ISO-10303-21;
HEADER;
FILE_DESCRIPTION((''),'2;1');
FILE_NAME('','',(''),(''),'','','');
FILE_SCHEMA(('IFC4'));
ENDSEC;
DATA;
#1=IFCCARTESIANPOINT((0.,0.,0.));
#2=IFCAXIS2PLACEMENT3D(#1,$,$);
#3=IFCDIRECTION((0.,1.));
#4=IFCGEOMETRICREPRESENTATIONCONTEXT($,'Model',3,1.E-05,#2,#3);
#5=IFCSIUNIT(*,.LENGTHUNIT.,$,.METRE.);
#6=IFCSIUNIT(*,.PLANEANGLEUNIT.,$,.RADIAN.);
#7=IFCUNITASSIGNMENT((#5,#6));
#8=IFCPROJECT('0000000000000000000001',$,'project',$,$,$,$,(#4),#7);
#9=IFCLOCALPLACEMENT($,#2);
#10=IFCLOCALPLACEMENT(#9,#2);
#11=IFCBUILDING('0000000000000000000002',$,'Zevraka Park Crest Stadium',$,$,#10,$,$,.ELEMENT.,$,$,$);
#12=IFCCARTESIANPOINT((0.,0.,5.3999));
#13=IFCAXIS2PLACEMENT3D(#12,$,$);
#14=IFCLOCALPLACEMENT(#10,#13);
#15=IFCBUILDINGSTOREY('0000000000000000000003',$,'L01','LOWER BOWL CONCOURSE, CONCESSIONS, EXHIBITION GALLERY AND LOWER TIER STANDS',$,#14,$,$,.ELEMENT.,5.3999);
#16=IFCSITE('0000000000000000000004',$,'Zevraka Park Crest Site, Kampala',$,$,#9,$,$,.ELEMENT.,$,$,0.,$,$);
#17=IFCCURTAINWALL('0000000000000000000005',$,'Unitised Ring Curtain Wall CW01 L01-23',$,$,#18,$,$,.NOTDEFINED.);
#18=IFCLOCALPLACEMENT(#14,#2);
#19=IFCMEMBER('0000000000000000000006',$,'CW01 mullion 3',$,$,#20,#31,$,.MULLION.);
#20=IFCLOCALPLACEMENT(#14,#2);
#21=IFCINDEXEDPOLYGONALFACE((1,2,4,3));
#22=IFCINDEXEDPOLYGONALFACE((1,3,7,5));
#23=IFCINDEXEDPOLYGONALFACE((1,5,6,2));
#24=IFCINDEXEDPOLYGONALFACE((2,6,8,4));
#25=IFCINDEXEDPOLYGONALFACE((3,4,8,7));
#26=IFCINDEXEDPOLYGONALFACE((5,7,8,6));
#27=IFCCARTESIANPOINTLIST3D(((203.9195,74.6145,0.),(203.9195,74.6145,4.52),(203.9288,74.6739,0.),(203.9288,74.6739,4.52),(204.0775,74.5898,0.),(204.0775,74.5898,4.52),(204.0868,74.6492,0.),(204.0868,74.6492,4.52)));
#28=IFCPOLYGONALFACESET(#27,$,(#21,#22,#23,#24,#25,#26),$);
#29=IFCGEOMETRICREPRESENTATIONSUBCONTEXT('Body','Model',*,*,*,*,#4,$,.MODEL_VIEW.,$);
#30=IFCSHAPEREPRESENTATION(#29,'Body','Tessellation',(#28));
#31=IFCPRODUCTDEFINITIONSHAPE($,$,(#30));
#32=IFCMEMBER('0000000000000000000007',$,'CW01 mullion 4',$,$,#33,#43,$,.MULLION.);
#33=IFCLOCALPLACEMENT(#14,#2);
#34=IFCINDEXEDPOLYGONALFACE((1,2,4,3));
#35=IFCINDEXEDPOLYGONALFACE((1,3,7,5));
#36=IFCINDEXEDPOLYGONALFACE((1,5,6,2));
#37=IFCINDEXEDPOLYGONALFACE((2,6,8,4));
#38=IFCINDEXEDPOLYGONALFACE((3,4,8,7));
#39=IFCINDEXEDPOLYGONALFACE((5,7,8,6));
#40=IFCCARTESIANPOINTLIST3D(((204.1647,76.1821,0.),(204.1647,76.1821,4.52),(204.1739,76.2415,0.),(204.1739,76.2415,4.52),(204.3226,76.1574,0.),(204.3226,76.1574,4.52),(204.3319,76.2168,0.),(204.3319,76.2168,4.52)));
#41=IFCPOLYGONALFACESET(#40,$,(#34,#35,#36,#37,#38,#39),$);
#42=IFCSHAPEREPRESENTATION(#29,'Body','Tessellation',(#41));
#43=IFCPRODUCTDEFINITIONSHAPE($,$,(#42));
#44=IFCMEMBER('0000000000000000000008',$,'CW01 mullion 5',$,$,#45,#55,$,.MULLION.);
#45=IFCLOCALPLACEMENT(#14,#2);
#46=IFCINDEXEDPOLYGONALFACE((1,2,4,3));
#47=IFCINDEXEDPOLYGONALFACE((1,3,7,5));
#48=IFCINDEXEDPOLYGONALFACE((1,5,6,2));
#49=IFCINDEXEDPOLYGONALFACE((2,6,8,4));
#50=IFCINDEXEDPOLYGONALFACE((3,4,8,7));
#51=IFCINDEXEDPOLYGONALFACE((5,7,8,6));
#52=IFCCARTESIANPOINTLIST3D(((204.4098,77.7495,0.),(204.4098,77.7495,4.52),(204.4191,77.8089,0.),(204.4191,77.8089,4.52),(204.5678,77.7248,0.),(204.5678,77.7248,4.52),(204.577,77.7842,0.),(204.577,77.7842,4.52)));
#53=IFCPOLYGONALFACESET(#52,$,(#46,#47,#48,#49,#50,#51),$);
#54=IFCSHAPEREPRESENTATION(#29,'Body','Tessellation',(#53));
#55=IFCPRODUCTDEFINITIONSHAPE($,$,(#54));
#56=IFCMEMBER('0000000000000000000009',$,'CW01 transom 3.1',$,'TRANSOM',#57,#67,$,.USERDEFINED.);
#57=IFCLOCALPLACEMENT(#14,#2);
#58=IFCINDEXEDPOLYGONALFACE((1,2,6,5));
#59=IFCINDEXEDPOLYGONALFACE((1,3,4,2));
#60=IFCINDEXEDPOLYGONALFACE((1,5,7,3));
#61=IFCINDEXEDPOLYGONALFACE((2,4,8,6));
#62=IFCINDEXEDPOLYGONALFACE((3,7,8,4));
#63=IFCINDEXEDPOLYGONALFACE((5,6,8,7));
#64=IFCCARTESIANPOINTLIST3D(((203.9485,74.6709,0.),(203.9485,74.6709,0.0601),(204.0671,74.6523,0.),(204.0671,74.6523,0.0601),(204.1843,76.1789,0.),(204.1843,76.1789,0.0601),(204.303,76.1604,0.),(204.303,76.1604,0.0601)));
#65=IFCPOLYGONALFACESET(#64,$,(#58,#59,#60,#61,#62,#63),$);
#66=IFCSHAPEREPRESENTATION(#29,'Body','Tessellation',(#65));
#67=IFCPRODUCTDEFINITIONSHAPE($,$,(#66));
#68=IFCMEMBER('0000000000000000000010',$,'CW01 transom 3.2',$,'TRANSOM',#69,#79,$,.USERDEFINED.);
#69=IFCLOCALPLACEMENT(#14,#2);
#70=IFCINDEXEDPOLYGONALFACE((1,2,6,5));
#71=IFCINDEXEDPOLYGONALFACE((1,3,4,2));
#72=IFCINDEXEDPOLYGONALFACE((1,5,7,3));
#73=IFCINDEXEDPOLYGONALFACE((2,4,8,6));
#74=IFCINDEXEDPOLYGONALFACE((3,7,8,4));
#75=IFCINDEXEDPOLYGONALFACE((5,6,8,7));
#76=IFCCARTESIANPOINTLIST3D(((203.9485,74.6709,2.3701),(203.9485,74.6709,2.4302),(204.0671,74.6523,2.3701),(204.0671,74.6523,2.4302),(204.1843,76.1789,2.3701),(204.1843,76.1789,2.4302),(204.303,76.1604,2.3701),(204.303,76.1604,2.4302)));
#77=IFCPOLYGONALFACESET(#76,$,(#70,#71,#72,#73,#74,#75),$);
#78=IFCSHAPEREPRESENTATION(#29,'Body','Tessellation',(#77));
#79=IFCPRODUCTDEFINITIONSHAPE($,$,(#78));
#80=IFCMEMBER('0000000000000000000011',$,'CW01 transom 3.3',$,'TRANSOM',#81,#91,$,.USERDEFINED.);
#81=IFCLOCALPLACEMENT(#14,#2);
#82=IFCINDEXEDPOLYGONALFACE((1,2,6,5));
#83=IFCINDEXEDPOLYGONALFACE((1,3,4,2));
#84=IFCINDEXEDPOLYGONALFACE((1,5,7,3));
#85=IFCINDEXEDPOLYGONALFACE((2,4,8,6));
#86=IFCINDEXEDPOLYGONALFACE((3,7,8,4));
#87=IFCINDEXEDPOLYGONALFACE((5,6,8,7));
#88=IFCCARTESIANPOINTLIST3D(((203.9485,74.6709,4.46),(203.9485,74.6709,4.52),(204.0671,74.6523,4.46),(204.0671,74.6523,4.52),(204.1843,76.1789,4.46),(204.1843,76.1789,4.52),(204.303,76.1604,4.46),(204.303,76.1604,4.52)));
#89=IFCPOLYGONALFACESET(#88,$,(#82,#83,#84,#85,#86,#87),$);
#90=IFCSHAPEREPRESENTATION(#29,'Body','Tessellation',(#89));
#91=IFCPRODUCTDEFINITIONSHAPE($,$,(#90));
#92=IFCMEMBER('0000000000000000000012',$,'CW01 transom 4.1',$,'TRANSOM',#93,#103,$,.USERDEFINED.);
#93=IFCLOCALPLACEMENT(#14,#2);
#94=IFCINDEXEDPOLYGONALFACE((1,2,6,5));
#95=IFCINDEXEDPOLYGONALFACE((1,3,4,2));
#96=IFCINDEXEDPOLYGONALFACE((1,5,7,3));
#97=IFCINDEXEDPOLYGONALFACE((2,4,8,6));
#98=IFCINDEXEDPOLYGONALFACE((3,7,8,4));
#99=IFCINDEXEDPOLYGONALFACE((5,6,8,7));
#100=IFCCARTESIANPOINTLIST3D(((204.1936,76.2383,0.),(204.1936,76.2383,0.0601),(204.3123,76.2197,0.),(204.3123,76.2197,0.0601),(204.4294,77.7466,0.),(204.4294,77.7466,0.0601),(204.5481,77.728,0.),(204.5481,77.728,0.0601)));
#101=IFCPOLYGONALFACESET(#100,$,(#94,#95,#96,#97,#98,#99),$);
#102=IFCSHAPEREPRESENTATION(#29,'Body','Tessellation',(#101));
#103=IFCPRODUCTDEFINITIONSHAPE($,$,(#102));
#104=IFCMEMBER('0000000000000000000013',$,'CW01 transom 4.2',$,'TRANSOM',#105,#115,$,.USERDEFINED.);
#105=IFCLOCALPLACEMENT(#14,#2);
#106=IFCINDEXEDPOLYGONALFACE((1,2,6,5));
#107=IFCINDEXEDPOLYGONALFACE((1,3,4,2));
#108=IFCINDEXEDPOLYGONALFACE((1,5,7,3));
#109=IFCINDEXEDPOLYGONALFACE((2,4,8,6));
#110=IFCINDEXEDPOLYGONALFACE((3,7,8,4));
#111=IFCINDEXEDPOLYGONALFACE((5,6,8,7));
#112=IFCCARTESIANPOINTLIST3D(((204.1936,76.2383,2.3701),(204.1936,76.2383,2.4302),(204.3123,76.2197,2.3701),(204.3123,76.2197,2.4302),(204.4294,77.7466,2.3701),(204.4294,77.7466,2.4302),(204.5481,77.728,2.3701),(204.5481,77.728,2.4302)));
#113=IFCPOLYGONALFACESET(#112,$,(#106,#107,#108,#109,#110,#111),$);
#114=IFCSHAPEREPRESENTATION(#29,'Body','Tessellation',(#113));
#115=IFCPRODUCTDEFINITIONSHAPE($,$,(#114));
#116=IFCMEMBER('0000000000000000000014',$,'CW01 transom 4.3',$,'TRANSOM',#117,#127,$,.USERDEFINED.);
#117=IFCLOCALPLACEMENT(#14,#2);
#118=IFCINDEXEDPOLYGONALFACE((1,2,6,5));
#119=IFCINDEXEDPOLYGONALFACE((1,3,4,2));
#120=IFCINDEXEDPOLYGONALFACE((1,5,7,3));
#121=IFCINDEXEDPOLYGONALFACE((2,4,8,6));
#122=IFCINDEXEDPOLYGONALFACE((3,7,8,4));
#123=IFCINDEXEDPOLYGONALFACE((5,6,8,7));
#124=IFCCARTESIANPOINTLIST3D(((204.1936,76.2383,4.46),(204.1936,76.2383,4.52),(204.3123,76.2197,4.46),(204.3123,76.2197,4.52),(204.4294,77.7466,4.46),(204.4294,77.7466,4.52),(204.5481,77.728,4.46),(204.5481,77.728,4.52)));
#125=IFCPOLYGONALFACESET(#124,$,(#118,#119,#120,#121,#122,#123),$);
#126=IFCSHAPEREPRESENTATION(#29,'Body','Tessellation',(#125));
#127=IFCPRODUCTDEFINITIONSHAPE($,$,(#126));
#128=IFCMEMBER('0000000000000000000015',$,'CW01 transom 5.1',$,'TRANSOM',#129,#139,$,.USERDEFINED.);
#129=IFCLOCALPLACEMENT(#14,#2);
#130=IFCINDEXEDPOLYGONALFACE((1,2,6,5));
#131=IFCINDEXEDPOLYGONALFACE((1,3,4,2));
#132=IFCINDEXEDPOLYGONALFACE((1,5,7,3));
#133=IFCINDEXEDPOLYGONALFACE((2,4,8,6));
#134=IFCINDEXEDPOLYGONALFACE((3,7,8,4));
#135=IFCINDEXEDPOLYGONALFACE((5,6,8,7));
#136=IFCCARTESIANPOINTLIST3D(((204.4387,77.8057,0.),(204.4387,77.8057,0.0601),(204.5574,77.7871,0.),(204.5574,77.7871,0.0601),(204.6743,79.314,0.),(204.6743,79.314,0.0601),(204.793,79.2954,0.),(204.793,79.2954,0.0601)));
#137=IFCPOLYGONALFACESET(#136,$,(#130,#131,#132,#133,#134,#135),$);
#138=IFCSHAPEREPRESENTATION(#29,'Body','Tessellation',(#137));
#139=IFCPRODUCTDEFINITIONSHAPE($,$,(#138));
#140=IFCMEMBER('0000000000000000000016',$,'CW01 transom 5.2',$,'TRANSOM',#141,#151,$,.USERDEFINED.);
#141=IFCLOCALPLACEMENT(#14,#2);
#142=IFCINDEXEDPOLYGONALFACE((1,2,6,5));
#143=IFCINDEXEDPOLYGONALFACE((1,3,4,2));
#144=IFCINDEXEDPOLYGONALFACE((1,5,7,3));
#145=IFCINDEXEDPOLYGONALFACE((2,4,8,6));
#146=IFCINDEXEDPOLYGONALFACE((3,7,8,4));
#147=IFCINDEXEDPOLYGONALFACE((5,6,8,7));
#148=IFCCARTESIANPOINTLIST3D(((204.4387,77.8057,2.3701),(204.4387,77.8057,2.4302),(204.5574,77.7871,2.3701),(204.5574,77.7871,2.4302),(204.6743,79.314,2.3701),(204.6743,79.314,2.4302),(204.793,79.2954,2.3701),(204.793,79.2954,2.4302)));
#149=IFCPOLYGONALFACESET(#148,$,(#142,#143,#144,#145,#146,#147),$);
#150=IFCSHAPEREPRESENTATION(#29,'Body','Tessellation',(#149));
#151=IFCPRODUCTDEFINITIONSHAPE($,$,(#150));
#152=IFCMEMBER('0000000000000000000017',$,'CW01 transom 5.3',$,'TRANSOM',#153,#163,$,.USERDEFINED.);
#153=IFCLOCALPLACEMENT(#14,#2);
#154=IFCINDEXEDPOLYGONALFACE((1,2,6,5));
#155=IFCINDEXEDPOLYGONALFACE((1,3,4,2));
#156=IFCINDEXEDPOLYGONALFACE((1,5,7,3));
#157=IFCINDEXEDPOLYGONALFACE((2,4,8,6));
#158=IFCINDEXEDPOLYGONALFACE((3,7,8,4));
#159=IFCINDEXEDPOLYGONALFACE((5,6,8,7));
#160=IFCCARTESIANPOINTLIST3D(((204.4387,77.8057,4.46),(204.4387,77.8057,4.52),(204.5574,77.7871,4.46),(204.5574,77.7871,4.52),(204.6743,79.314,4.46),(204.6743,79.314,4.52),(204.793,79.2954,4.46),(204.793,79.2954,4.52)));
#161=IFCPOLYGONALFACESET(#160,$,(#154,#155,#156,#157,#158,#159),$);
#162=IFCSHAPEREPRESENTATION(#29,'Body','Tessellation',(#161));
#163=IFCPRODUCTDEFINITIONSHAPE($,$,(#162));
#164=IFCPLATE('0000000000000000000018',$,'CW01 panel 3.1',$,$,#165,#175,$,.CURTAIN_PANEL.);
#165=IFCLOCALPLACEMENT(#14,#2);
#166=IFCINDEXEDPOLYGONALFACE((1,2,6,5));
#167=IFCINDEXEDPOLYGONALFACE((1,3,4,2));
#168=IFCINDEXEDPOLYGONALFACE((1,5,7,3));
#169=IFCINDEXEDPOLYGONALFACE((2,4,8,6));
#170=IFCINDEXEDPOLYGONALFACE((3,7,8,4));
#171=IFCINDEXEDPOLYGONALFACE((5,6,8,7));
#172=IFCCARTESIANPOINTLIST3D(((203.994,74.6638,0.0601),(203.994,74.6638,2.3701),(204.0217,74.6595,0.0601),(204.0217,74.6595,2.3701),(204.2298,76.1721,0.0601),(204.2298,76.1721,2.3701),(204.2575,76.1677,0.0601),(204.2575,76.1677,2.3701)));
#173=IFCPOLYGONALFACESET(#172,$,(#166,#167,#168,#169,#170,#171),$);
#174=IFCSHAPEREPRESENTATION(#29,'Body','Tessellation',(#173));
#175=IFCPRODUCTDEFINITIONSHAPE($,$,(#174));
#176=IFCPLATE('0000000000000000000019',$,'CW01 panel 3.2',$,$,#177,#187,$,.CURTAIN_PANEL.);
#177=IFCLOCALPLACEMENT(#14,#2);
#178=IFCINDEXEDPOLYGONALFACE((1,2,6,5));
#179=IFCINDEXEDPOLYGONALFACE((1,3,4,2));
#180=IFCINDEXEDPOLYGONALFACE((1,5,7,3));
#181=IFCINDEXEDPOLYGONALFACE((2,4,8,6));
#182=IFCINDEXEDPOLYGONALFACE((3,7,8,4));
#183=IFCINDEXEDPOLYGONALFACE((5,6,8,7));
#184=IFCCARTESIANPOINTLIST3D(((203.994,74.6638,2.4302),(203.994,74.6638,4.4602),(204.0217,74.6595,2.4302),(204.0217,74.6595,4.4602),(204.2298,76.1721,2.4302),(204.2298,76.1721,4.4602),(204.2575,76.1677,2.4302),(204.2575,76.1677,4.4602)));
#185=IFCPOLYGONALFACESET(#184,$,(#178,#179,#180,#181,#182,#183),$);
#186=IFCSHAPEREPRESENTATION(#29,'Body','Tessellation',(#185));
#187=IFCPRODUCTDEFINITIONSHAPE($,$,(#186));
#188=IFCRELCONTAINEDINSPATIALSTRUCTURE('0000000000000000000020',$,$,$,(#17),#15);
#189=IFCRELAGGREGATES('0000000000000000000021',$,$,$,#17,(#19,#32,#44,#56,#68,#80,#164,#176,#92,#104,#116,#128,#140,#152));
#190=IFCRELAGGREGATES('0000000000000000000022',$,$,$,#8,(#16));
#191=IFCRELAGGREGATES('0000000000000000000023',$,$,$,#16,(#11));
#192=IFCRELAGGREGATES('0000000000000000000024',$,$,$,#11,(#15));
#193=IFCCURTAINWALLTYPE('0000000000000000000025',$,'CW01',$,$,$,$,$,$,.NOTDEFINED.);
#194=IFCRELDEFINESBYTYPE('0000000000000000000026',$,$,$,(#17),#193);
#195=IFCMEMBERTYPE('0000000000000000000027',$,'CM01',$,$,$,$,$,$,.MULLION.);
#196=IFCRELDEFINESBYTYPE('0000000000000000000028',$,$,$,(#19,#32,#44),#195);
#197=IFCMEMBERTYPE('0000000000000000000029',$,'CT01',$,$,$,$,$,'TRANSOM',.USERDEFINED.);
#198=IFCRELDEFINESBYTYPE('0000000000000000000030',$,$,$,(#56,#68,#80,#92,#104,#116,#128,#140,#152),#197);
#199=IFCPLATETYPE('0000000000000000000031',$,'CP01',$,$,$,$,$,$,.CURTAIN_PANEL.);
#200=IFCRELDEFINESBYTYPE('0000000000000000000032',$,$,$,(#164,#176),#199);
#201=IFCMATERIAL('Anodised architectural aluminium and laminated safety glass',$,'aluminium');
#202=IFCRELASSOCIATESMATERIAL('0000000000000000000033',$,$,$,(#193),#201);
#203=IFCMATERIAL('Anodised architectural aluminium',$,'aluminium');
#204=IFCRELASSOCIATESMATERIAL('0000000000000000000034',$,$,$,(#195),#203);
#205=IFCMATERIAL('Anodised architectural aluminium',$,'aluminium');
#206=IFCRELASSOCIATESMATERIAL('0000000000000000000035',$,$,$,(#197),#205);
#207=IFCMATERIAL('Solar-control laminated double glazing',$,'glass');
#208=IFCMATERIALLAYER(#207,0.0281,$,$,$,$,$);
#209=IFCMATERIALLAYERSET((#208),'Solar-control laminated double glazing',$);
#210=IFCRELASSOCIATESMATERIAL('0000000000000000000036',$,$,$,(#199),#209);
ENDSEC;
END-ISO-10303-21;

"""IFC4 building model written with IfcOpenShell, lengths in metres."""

from ifc_helpers import new_model, si_unit, direction, frame, origin, origin_2d, place, context, subcontext, project, spatial, rectangle, extrude, material, layer, layer_set, material_profile, profile_set, type_object, element, aggregate, save


model = new_model("IFC4")

# Units and contexts
model_context = context("Model", 3, precision=1e-05, world=origin(), true_north=direction((0.0, 1.0)))
body_context = subcontext(model_context, "Body", "Model", "MODEL_VIEW")
ifc_project = project(units=[si_unit("LENGTHUNIT", "METRE"), si_unit("PLANEANGLEUNIT", "RADIAN")], contexts=[model_context])

# Site, building, storey
site_placement = place(None, origin())
site = spatial("IfcSite", under=ifc_project, at=site_placement, Name="Zevraka Park Crest Site, Kampala", CompositionType="ELEMENT", RefElevation=0.0)
building_placement = place(site_placement, origin())
building = spatial("IfcBuilding", under=site, at=building_placement, Name="Zevraka Park Crest Stadium", CompositionType="ELEMENT")
storey_placement = place(building_placement, frame((0.0, 0.0, 5.3999)))
storey = spatial("IfcBuildingStorey", under=building, at=storey_placement, Name="L01", Description="LOWER BOWL CONCOURSE, CONCESSIONS, EXHIBITION GALLERY AND LOWER TIER STANDS", CompositionType="ELEMENT", Elevation=5.3999)

# Curtain wall, members, plates
ifc_material_1 = material(Name="Anodised architectural aluminium and laminated safety glass", Category="aluminium")
curtain_wall_type = type_object("IfcCurtainWallType", Name="CW01", PredefinedType="NOTDEFINED", material=ifc_material_1)
curtain_wall_placement = place(storey_placement, origin())
curtain_wall = element("IfcCurtainWall", 1, at=curtain_wall_placement, inside=storey, type_object=curtain_wall_type, Name="Unitised Ring Curtain Wall CW01 L01-23", PredefinedType="NOTDEFINED")
ifc_material_2 = material(Name="Anodised architectural aluminium", Category="aluminium")
ifc_material_profile_1 = material_profile(ifc_material_2, rectangle(XDim=0.1599, YDim=0.0601, at=origin_2d()), Name="ALU MULLION 160x60")
ifc_profile_set_1 = profile_set([ifc_material_profile_1], Name="Anodised architectural aluminium")
member_type_1 = type_object("IfcMemberType", Name="CM01", PredefinedType="MULLION", material=ifc_profile_set_1)
member_1_placement = place(storey_placement, frame((204.0032, 74.6318, 0.0), z_axis=(0.0, 0.0, 1.0), x_axis=(-0.987997, 0.154476, 0.0)))
member_1 = element("IfcMember", 2, at=member_1_placement, type_object=member_type_1, Name="CW01 mullion 3", PredefinedType="MULLION", context=body_context, shape_type="SweptSolid", body=[
    extrude(rectangle(XDim=0.1599, YDim=0.0601, at=origin_2d()), origin(), (0.0, 0.0, 1.0), 4.52),
])
member_2_placement = place(storey_placement, frame((204.2483, 76.1995, 0.0), z_axis=(0.0, 0.0, 1.0), x_axis=(-0.987997, 0.154476, 0.0)))
member_2 = element("IfcMember", 3, at=member_2_placement, type_object=member_type_1, Name="CW01 mullion 4", PredefinedType="MULLION", context=body_context, shape_type="SweptSolid", body=[
    extrude(rectangle(XDim=0.1599, YDim=0.0601, at=origin_2d()), origin(), (0.0, 0.0, 1.0), 4.52),
])
member_3_placement = place(storey_placement, frame((204.4934, 77.7668, 0.0), z_axis=(0.0, 0.0, 1.0), x_axis=(-0.987997, 0.154476, 0.0)))
member_3 = element("IfcMember", 4, at=member_3_placement, type_object=member_type_1, Name="CW01 mullion 5", PredefinedType="MULLION", context=body_context, shape_type="SweptSolid", body=[
    extrude(rectangle(XDim=0.1599, YDim=0.0601, at=origin_2d()), origin(), (0.0, 0.0, 1.0), 4.52),
])
ifc_material_3 = material(Name="Anodised architectural aluminium", Category="aluminium")
ifc_material_profile_2 = material_profile(ifc_material_3, rectangle(XDim=0.1201, YDim=0.0601, at=origin_2d()), Name="ALU TRANSOM 120x60")
ifc_profile_set_2 = profile_set([ifc_material_profile_2], Name="Anodised architectural aluminium")
member_type_2 = type_object("IfcMemberType", Name="CT01", ElementType="TRANSOM", PredefinedType="USERDEFINED", material=ifc_profile_set_2)
member_4_placement = place(storey_placement, frame((204.0078, 74.6616, 0.03), z_axis=(0.154509, 0.987991, 0.0), x_axis=(-0.987991, 0.154509, 0.0)))
member_4 = element("IfcMember", 5, at=member_4_placement, type_object=member_type_2, Name="CW01 transom 3.1", ObjectType="TRANSOM", PredefinedType="USERDEFINED", context=body_context, shape_type="SweptSolid", body=[
    extrude(rectangle(XDim=0.1201, YDim=0.0601, at=origin_2d()), origin(), (0.0, 0.0, 1.0), 1.5264),
])
member_5_placement = place(storey_placement, frame((204.0078, 74.6616, 2.4001), z_axis=(0.154509, 0.987991, 0.0), x_axis=(-0.987991, 0.154509, 0.0)))
member_5 = element("IfcMember", 6, at=member_5_placement, type_object=member_type_2, Name="CW01 transom 3.2", ObjectType="TRANSOM", PredefinedType="USERDEFINED", context=body_context, shape_type="SweptSolid", body=[
    extrude(rectangle(XDim=0.1201, YDim=0.0601, at=origin_2d()), origin(), (0.0, 0.0, 1.0), 1.5264),
])
member_6_placement = place(storey_placement, frame((204.0078, 74.6616, 4.49), z_axis=(0.154509, 0.987991, 0.0), x_axis=(-0.987991, 0.154509, 0.0)))
member_6 = element("IfcMember", 7, at=member_6_placement, type_object=member_type_2, Name="CW01 transom 3.3", ObjectType="TRANSOM", PredefinedType="USERDEFINED", context=body_context, shape_type="SweptSolid", body=[
    extrude(rectangle(XDim=0.1201, YDim=0.0601, at=origin_2d()), origin(), (0.0, 0.0, 1.0), 1.5264),
])
member_7_placement = place(storey_placement, frame((204.2529, 76.229, 0.03), z_axis=(0.154484, 0.987995, 0.0), x_axis=(-0.987995, 0.154484, 0.0)))
member_7 = element("IfcMember", 8, at=member_7_placement, type_object=member_type_2, Name="CW01 transom 4.1", ObjectType="TRANSOM", PredefinedType="USERDEFINED", context=body_context, shape_type="SweptSolid", body=[
    extrude(rectangle(XDim=0.1201, YDim=0.0601, at=origin_2d()), origin(), (0.0, 0.0, 1.0), 1.5266),
])
member_8_placement = place(storey_placement, frame((204.2529, 76.229, 2.4001), z_axis=(0.154484, 0.987995, 0.0), x_axis=(-0.987995, 0.154484, 0.0)))
member_8 = element("IfcMember", 9, at=member_8_placement, type_object=member_type_2, Name="CW01 transom 4.2", ObjectType="TRANSOM", PredefinedType="USERDEFINED", context=body_context, shape_type="SweptSolid", body=[
    extrude(rectangle(XDim=0.1201, YDim=0.0601, at=origin_2d()), origin(), (0.0, 0.0, 1.0), 1.5266),
])
member_9_placement = place(storey_placement, frame((204.2529, 76.229, 4.49), z_axis=(0.154484, 0.987995, 0.0), x_axis=(-0.987995, 0.154484, 0.0)))
member_9 = element("IfcMember", 10, at=member_9_placement, type_object=member_type_2, Name="CW01 transom 4.3", ObjectType="TRANSOM", PredefinedType="USERDEFINED", context=body_context, shape_type="SweptSolid", body=[
    extrude(rectangle(XDim=0.1201, YDim=0.0601, at=origin_2d()), origin(), (0.0, 0.0, 1.0), 1.5266),
])
member_10_placement = place(storey_placement, frame((204.498, 77.7964, 0.03), z_axis=(0.154328, 0.98802, 0.0), x_axis=(-0.98802, 0.154328, 0.0)))
member_10 = element("IfcMember", 11, at=member_10_placement, type_object=member_type_2, Name="CW01 transom 5.1", ObjectType="TRANSOM", PredefinedType="USERDEFINED", context=body_context, shape_type="SweptSolid", body=[
    extrude(rectangle(XDim=0.1201, YDim=0.0601, at=origin_2d()), origin(), (0.0, 0.0, 1.0), 1.5266),
])
member_11_placement = place(storey_placement, frame((204.498, 77.7964, 2.4001), z_axis=(0.154328, 0.98802, 0.0), x_axis=(-0.98802, 0.154328, 0.0)))
member_11 = element("IfcMember", 12, at=member_11_placement, type_object=member_type_2, Name="CW01 transom 5.2", ObjectType="TRANSOM", PredefinedType="USERDEFINED", context=body_context, shape_type="SweptSolid", body=[
    extrude(rectangle(XDim=0.1201, YDim=0.0601, at=origin_2d()), origin(), (0.0, 0.0, 1.0), 1.5266),
])
member_12_placement = place(storey_placement, frame((204.498, 77.7964, 4.49), z_axis=(0.154328, 0.98802, 0.0), x_axis=(-0.98802, 0.154328, 0.0)))
member_12 = element("IfcMember", 13, at=member_12_placement, type_object=member_type_2, Name="CW01 transom 5.3", ObjectType="TRANSOM", PredefinedType="USERDEFINED", context=body_context, shape_type="SweptSolid", body=[
    extrude(rectangle(XDim=0.1201, YDim=0.0601, at=origin_2d()), origin(), (0.0, 0.0, 1.0), 1.5266),
])
ifc_material_4 = material(Name="Solar-control laminated double glazing", Category="glass")
ifc_layer_1 = layer(ifc_material_4, 0.0281)
ifc_layer_set_1 = layer_set([ifc_layer_1], Name="Solar-control laminated double glazing")
plate_type = type_object("IfcPlateType", Name="CP01", PredefinedType="CURTAIN_PANEL", material=ifc_layer_set_1)
plate_1_placement = place(storey_placement, frame((204.1257, 75.4158, 0.0601), z_axis=(0.0, 0.0, 1.0), x_axis=(0.154476, 0.987997, 0.0)))
plate_1 = element("IfcPlate", 14, at=plate_1_placement, type_object=plate_type, Name="CW01 panel 3.1", PredefinedType="CURTAIN_PANEL", context=body_context, shape_type="SweptSolid", body=[
    extrude(rectangle(XDim=1.5266, YDim=0.0281, at=origin_2d()), origin(), (0.0, 0.0, 1.0), 2.3101),
])
plate_2_placement = place(storey_placement, frame((204.1257, 75.4158, 2.4302), z_axis=(0.0, 0.0, 1.0), x_axis=(0.154476, 0.987997, 0.0)))
plate_2 = element("IfcPlate", 15, at=plate_2_placement, type_object=plate_type, Name="CW01 panel 3.2", PredefinedType="CURTAIN_PANEL", context=body_context, shape_type="SweptSolid", body=[
    extrude(rectangle(XDim=1.5266, YDim=0.0281, at=origin_2d()), origin(), (0.0, 0.0, 1.0), 2.03),
])
aggregate(curtain_wall, [member_1, member_2, member_3, member_4, member_5, member_6, plate_1, plate_2, member_7, member_8, member_9, member_10, member_11, member_12])

save(model, "model.ifc")
